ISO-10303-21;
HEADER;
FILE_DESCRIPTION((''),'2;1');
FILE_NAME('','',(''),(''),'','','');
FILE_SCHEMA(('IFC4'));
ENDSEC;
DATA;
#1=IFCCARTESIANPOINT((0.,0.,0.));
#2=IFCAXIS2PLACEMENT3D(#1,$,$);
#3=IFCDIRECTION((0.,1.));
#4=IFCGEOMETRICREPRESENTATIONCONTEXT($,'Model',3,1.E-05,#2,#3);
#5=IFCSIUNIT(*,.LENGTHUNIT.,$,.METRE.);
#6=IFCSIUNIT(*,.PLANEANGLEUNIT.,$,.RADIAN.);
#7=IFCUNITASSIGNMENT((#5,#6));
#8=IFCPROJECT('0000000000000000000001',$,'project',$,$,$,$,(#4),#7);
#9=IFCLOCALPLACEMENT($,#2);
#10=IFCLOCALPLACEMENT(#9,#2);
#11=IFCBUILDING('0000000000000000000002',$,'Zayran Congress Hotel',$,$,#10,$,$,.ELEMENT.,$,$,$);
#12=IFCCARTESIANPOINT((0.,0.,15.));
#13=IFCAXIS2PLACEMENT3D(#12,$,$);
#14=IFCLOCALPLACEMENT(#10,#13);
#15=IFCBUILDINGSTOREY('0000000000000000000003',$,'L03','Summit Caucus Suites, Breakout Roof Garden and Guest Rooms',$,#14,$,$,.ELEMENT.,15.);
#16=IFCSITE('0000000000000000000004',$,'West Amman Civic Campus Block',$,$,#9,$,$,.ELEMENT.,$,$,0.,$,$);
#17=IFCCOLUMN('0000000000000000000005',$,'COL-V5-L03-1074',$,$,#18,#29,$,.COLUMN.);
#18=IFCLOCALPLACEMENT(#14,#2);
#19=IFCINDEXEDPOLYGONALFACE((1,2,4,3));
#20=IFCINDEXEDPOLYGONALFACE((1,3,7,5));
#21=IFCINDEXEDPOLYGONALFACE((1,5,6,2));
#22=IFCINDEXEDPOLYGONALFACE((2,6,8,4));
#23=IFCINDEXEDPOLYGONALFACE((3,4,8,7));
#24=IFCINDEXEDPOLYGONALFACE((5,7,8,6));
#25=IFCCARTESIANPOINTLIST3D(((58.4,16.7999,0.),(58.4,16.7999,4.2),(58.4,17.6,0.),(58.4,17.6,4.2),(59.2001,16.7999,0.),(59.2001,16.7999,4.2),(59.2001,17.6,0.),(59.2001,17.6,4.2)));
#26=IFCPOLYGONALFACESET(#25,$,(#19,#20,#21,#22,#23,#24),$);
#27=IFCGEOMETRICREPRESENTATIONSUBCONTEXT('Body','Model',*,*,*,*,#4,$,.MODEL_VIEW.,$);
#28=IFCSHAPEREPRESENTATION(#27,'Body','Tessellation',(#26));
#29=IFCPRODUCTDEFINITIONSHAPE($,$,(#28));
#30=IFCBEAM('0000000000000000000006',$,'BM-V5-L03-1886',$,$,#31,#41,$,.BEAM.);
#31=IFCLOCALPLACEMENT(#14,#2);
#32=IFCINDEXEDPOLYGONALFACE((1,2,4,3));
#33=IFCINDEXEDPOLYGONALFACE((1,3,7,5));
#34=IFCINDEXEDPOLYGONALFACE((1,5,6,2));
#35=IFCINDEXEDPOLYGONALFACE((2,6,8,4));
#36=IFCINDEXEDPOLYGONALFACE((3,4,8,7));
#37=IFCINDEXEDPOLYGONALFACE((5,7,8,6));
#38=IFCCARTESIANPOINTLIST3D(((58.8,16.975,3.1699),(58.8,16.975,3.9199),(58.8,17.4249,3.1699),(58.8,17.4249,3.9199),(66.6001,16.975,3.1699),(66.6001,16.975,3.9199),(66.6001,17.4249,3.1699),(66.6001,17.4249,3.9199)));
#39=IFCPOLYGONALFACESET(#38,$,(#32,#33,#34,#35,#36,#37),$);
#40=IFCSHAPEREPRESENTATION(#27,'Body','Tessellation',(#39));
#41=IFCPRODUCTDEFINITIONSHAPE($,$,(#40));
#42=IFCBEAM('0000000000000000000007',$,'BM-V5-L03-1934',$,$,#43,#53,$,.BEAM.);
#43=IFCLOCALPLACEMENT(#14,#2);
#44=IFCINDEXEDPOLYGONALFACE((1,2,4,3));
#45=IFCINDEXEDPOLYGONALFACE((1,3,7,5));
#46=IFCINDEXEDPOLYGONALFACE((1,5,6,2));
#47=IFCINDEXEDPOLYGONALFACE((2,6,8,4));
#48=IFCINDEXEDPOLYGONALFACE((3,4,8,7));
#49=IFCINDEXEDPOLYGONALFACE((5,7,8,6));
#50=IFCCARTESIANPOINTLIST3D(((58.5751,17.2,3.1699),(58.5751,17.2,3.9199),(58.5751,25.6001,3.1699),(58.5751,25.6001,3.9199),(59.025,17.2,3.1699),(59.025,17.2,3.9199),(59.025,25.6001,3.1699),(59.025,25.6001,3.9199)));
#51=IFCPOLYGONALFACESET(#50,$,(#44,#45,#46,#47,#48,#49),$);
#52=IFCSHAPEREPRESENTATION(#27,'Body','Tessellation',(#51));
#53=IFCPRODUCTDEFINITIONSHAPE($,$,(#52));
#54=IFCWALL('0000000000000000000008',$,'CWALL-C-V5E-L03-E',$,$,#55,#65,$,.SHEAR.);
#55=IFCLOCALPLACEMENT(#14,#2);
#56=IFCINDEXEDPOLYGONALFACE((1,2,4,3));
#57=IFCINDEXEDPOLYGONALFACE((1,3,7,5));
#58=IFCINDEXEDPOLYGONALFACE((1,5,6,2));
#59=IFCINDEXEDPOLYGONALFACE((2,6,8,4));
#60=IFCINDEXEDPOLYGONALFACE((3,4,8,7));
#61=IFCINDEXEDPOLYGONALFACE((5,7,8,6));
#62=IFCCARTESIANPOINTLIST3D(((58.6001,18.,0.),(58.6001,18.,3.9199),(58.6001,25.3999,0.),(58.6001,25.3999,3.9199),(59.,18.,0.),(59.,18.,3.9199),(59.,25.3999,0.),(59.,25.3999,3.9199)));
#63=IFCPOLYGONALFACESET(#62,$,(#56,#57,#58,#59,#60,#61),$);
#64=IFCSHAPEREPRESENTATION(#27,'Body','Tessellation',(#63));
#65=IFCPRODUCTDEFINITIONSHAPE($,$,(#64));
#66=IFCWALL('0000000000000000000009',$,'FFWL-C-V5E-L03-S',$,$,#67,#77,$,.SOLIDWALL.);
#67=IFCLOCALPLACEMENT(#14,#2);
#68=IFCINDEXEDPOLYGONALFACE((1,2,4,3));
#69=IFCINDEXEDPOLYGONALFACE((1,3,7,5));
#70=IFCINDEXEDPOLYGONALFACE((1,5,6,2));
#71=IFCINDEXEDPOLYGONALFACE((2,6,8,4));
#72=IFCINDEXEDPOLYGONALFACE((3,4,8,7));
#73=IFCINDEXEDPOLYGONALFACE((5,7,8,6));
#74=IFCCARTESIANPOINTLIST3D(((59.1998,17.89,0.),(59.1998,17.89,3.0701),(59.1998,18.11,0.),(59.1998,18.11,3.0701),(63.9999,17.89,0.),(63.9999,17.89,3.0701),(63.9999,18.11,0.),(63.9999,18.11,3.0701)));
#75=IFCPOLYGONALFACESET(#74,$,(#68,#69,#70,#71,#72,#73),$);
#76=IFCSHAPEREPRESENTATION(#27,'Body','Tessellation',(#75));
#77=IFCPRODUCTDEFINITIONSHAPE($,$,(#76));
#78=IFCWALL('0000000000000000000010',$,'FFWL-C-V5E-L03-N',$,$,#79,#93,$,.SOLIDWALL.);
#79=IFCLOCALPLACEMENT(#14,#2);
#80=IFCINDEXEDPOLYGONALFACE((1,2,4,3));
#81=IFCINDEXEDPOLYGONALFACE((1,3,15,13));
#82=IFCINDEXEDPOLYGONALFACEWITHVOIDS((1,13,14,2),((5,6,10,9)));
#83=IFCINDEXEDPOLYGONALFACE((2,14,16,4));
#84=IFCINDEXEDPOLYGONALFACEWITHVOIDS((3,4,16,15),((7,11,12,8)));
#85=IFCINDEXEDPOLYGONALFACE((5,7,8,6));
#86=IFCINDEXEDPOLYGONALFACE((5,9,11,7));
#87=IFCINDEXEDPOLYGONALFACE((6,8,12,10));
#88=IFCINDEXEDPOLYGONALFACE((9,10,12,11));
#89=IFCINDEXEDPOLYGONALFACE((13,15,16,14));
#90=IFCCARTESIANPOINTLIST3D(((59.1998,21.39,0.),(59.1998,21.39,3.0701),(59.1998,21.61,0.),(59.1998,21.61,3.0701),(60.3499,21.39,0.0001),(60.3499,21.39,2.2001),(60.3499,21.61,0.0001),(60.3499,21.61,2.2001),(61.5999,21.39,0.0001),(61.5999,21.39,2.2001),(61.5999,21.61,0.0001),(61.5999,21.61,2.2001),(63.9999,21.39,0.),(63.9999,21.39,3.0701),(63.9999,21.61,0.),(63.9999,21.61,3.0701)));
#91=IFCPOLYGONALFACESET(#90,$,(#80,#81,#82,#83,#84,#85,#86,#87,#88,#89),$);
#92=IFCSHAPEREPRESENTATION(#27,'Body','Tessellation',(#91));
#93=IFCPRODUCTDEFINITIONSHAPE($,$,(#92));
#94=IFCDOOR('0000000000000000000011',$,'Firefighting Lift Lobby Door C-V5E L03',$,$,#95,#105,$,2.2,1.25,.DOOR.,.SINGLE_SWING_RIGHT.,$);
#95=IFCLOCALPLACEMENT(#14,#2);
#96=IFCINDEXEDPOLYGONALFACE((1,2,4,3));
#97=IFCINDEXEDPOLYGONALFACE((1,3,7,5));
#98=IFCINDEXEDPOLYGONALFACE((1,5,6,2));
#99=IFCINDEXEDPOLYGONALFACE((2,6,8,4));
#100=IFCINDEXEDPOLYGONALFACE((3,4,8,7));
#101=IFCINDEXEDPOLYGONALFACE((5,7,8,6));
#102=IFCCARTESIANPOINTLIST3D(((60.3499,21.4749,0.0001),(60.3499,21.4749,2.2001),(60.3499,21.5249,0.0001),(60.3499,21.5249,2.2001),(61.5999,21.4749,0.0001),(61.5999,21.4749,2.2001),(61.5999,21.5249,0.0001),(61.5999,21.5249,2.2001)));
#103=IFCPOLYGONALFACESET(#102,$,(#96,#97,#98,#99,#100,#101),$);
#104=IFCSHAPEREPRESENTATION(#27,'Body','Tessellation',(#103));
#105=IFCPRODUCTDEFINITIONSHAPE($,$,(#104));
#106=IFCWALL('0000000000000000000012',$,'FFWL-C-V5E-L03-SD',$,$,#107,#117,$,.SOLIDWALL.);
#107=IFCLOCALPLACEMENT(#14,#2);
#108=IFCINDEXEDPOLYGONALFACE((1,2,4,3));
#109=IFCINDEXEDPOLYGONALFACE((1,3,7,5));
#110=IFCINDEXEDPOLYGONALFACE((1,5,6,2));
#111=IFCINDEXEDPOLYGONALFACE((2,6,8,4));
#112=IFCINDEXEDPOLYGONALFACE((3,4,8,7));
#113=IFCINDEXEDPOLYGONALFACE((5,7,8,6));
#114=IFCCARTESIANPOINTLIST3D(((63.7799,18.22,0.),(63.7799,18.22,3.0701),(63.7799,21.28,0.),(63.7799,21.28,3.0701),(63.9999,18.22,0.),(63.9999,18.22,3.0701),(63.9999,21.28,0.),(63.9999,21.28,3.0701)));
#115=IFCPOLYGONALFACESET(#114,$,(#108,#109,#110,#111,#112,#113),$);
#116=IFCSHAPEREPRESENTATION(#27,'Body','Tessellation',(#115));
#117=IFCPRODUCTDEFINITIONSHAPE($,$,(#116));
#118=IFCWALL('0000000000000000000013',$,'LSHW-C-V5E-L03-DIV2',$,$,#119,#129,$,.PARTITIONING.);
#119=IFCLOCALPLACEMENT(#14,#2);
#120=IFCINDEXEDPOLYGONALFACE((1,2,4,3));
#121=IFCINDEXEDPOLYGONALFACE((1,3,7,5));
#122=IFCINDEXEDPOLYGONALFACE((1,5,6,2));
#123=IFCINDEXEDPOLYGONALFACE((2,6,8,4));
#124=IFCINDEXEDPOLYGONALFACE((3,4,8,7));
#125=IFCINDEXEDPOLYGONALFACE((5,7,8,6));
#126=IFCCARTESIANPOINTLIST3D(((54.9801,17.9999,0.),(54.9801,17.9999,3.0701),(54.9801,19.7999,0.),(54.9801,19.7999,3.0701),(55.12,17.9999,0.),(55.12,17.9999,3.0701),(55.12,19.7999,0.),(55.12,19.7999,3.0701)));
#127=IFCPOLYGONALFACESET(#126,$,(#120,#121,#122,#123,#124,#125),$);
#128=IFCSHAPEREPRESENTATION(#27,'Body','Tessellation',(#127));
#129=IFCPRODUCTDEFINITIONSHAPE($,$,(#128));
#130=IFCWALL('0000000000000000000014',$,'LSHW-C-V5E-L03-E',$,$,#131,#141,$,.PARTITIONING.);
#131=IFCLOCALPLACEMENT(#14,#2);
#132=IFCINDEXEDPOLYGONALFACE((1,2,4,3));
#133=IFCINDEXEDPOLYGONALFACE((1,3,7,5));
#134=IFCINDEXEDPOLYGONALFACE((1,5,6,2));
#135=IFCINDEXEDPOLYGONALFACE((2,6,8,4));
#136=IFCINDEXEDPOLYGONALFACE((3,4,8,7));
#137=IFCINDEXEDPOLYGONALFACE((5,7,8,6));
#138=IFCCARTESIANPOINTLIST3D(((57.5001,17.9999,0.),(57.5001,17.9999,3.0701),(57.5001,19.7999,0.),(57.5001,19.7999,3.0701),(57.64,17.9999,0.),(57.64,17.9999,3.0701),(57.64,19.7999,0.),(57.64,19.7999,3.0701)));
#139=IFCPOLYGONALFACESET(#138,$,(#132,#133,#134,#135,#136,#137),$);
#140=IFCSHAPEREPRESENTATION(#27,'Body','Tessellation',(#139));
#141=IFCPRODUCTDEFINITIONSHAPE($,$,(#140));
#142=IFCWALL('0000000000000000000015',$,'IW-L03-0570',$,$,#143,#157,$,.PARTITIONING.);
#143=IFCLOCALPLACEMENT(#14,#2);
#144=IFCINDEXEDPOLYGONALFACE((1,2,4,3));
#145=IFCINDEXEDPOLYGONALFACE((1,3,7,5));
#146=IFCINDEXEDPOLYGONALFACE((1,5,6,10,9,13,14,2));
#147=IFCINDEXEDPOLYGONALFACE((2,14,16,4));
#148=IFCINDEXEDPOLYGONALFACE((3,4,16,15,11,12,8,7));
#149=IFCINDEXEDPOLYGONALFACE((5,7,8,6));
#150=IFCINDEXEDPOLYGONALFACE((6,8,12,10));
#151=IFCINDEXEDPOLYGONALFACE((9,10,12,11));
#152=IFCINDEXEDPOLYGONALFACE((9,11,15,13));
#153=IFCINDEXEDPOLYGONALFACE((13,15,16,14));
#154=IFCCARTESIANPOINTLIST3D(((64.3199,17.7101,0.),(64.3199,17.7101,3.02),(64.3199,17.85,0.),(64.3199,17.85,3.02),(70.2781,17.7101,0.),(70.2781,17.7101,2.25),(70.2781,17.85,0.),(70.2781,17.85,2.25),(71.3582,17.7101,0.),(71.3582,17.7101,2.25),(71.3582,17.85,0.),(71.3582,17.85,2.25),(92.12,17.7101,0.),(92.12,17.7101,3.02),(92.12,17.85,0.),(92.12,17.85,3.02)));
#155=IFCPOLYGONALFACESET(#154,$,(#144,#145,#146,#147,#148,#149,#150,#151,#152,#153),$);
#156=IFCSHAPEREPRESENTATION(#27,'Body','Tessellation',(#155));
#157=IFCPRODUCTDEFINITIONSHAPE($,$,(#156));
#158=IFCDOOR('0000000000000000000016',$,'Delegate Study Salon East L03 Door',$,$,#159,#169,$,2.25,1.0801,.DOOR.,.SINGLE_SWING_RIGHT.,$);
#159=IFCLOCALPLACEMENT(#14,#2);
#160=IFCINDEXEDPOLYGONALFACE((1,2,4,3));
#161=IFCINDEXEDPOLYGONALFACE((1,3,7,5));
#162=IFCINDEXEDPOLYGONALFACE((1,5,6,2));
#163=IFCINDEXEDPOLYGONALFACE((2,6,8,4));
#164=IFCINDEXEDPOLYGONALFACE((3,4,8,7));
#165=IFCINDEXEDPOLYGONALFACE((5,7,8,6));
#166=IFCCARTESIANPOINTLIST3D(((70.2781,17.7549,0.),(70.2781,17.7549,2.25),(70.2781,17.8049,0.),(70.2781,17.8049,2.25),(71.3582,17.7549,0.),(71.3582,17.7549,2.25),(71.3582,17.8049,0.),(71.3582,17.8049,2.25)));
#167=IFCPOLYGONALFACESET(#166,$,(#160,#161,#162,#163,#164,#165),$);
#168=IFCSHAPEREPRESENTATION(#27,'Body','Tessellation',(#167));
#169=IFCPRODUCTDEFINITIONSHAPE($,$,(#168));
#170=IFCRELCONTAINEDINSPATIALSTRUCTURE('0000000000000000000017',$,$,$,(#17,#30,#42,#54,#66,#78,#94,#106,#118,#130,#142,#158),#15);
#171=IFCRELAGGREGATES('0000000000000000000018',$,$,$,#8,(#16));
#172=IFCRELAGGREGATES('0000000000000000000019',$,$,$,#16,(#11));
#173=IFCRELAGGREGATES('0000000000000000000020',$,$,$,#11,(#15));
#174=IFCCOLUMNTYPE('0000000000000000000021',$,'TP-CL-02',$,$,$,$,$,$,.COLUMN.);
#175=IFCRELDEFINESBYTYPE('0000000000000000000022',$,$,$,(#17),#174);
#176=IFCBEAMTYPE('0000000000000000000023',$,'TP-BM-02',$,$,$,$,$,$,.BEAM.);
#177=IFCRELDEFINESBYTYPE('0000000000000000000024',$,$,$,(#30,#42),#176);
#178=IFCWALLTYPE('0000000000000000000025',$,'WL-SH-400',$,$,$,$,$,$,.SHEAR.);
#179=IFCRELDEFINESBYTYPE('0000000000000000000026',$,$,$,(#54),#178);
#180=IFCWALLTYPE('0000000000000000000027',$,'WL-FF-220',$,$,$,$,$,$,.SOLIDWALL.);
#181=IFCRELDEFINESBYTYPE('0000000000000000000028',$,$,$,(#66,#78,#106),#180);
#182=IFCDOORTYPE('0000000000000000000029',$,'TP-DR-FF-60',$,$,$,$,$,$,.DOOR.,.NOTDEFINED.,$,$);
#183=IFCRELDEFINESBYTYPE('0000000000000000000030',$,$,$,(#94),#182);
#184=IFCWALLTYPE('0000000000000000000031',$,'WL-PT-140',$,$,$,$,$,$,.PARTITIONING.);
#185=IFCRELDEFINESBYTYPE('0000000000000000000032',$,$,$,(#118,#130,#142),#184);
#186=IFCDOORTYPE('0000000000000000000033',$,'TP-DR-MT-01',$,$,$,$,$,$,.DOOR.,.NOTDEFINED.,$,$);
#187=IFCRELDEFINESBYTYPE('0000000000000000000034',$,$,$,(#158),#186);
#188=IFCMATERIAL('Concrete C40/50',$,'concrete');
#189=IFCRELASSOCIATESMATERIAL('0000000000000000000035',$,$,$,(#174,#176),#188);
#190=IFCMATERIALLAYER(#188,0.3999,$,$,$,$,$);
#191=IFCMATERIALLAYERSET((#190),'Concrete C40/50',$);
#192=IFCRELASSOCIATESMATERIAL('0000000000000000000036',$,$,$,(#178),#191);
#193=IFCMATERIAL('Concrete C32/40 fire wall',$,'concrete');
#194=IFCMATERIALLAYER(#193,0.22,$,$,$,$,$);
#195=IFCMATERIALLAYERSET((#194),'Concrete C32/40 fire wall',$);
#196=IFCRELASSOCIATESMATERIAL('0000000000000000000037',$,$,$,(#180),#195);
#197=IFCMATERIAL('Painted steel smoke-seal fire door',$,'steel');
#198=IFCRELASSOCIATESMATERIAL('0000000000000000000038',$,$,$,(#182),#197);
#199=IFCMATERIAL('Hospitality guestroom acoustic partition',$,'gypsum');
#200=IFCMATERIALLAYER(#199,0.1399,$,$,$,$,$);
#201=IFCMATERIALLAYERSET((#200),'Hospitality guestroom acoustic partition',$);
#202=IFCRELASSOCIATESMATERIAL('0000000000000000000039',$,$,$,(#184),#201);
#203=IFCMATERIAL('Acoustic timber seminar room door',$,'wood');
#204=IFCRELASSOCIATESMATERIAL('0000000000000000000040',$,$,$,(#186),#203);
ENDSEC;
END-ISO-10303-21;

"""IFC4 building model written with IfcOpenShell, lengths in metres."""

from ifc_helpers import new_model, si_unit, direction, frame, frame_2d, origin, origin_2d, place, context, subcontext, project, spatial, rectangle, extrude, material, layer, layer_set, material_profile, profile_set, type_object, element, fill, save


model = new_model("IFC4")

# Units and contexts
model_context = context("Model", 3, precision=1e-05, world=origin(), true_north=direction((0.0, 1.0)))
body_context = subcontext(model_context, "Body", "Model", "MODEL_VIEW")
ifc_project = project(units=[si_unit("LENGTHUNIT", "METRE"), si_unit("PLANEANGLEUNIT", "RADIAN")], contexts=[model_context])

# Site, building, storey
site_placement = place(None, origin())
site = spatial("IfcSite", under=ifc_project, at=site_placement, Name="West Amman Civic Campus Block", CompositionType="ELEMENT", RefElevation=0.0)
building_placement = place(site_placement, origin())
building = spatial("IfcBuilding", under=site, at=building_placement, Name="Zayran Congress Hotel", CompositionType="ELEMENT")
storey_placement = place(building_placement, frame((0.0, 0.0, 15.0)))
storey = spatial("IfcBuildingStorey", under=building, at=storey_placement, Name="L03", Description="Summit Caucus Suites, Breakout Roof Garden and Guest Rooms", CompositionType="ELEMENT", Elevation=15.0)

# Column
ifc_material_1 = material(Name="Concrete C40/50", Category="concrete")
ifc_material_profile_1 = material_profile(ifc_material_1, rectangle(XDim=0.8, YDim=0.8, at=origin_2d()), Name="RC 800x800")
ifc_profile_set_1 = profile_set([ifc_material_profile_1], Name="Concrete C40/50")
column_type = type_object("IfcColumnType", Name="TP-CL-02", PredefinedType="COLUMN", material=ifc_profile_set_1)
column_placement = place(storey_placement, frame((58.8, 17.2, 0.0), z_axis=(0.0, 0.0, 1.0), x_axis=(1.0, 0.0, 0.0)))
element("IfcColumn", 1, at=column_placement, inside=storey, type_object=column_type, Name="COL-V5-L03-1074", PredefinedType="COLUMN", context=body_context, shape_type="SweptSolid", body=[
    extrude(rectangle(XDim=0.8, YDim=0.8, at=origin_2d()), origin(), (0.0, 0.0, 1.0), 4.2),
])

# Beams
ifc_material_profile_2 = material_profile(ifc_material_1, rectangle(XDim=0.45, YDim=0.75, at=origin_2d()), Name="RC 450x750")
ifc_profile_set_2 = profile_set([ifc_material_profile_2], Name="Concrete C40/50")
beam_type = type_object("IfcBeamType", Name="TP-BM-02", PredefinedType="BEAM", material=ifc_profile_set_2)
beam_1_placement = place(storey_placement, frame((58.8, 17.2, 3.5449), z_axis=(1.0, 0.0, 0.0), x_axis=(0.0, 1.0, 0.0)))
element("IfcBeam", 2, at=beam_1_placement, inside=storey, type_object=beam_type, Name="BM-V5-L03-1886", PredefinedType="BEAM", context=body_context, shape_type="SweptSolid", body=[
    extrude(rectangle(XDim=0.45, YDim=0.75, at=origin_2d()), origin(), (0.0, 0.0, 1.0), 7.8),
])
beam_2_placement = place(storey_placement, frame((58.8, 17.2, 3.5449), z_axis=(0.0, 1.0, 0.0), x_axis=(-1.0, 0.0, 0.0)))
element("IfcBeam", 3, at=beam_2_placement, inside=storey, type_object=beam_type, Name="BM-V5-L03-1934", PredefinedType="BEAM", context=body_context, shape_type="SweptSolid", body=[
    extrude(rectangle(XDim=0.45, YDim=0.75, at=origin_2d()), origin(), (0.0, 0.0, 1.0), 8.4001),
])

# Walls
ifc_layer_1 = layer(ifc_material_1, 0.3999)
ifc_layer_set_1 = layer_set([ifc_layer_1], Name="Concrete C40/50")
wall_type_1 = type_object("IfcWallType", Name="WL-SH-400", PredefinedType="SHEAR", material=ifc_layer_set_1)
wall_1_placement = place(storey_placement, frame((58.8, 18.0, 0.0), z_axis=(0.0, 0.0, 1.0), x_axis=(0.0, 1.0, 0.0)))
element("IfcWall", 4, at=wall_1_placement, inside=storey, type_object=wall_type_1, Name="CWALL-C-V5E-L03-E", PredefinedType="SHEAR", context=body_context, shape_type="SweptSolid", body=[
    extrude(rectangle(XDim=7.3999, YDim=0.3999, at=frame_2d((3.7, 0.0))), origin(), (0.0, 0.0, 1.0), 3.9199),
])
ifc_material_2 = material(Name="Concrete C32/40 fire wall", Category="concrete")
ifc_layer_2 = layer(ifc_material_2, 0.22)
ifc_layer_set_2 = layer_set([ifc_layer_2], Name="Concrete C32/40 fire wall")
wall_type_2 = type_object("IfcWallType", Name="WL-FF-220", PredefinedType="SOLIDWALL", material=ifc_layer_set_2)
wall_2_placement = place(storey_placement, frame((59.2, 18.0, 0.0), z_axis=(0.0, 0.0, 1.0), x_axis=(1.0, 0.0, 0.0)))
element("IfcWall", 5, at=wall_2_placement, inside=storey, type_object=wall_type_2, Name="FFWL-C-V5E-L03-S", PredefinedType="SOLIDWALL", context=body_context, shape_type="SweptSolid", body=[
    extrude(rectangle(XDim=4.8, YDim=0.22, at=frame_2d((2.3999, 0.0))), origin(), (0.0, 0.0, 1.0), 3.0701),
])

# Wall, opening, door
wall_3_placement = place(storey_placement, frame((59.2, 21.5, 0.0), z_axis=(0.0, 0.0, 1.0), x_axis=(1.0, 0.0, 0.0)))
wall_3 = element("IfcWall", 6, at=wall_3_placement, inside=storey, type_object=wall_type_2, Name="FFWL-C-V5E-L03-N", PredefinedType="SOLIDWALL", context=body_context, shape_type="SweptSolid", body=[
    extrude(rectangle(XDim=4.8, YDim=0.22, at=frame_2d((2.3999, 0.0))), origin(), (0.0, 0.0, 1.0), 3.0701),
])
opening_1_placement = place(wall_3_placement, frame((1.1499, 0.0, 0.0)))
opening_1 = element("IfcOpeningElement", 7, at=opening_1_placement, cuts=wall_3, PredefinedType="OPENING", context=body_context, shape_type="SweptSolid", body=[
    extrude(rectangle(XDim=1.25, YDim=2.2, at=frame_2d((0.625, 1.1001))), frame((0.0, 0.1199, 0.0), z_axis=(0.0, -1.0, 0.0), x_axis=(1.0, 0.0, 0.0)), (0.0, 0.0, 1.0), 0.24),
])
ifc_material_3 = material(Name="Painted steel smoke-seal fire door", Category="steel")
door_type_1 = type_object("IfcDoorType", Name="TP-DR-FF-60", OperationType="NOTDEFINED", PredefinedType="DOOR", material=ifc_material_3)
door_1_placement = place(opening_1_placement, origin())
door_1 = element("IfcDoor", 8, at=door_1_placement, inside=storey, type_object=door_type_1, Name="Firefighting Lift Lobby Door C-V5E L03", OperationType="SINGLE_SWING_RIGHT", OverallHeight=2.2, OverallWidth=1.25, PredefinedType="DOOR", context=body_context, shape_type="SweptSolid", body=[
    extrude(rectangle(XDim=1.25, YDim=2.2, at=frame_2d((0.625, 1.1001))), frame((0.0, 0.0249, 0.0), z_axis=(0.0, -1.0, 0.0), x_axis=(1.0, 0.0, 0.0)), (0.0, 0.0, 1.0), 0.05),
])
fill(opening_1, door_1)

# Walls
wall_4_placement = place(storey_placement, frame((63.8899, 18.22, 0.0), z_axis=(0.0, 0.0, 1.0), x_axis=(0.0, 1.0, 0.0)))
element("IfcWall", 9, at=wall_4_placement, inside=storey, type_object=wall_type_2, Name="FFWL-C-V5E-L03-SD", PredefinedType="SOLIDWALL", context=body_context, shape_type="SweptSolid", body=[
    extrude(rectangle(XDim=3.0601, YDim=0.22, at=frame_2d((1.53, 0.0))), origin(), (0.0, 0.0, 1.0), 3.0701),
])
ifc_material_4 = material(Name="Hospitality guestroom acoustic partition", Category="gypsum")
ifc_layer_3 = layer(ifc_material_4, 0.1399)
ifc_layer_set_3 = layer_set([ifc_layer_3], Name="Hospitality guestroom acoustic partition")
wall_type_3 = type_object("IfcWallType", Name="WL-PT-140", PredefinedType="PARTITIONING", material=ifc_layer_set_3)
for number, where, z_axis, x_axis, name in (
    (10, (55.05, 18.0, 0.0), (0.0, 0.0, 1.0), (0.0, 1.0, 0.0), "LSHW-C-V5E-L03-DIV2"),
    (11, (57.5701, 18.0, 0.0), (0.0, 0.0, 1.0), (0.0, 1.0, 0.0), "LSHW-C-V5E-L03-E"),
):
    element("IfcWall", number, at=place(storey_placement, frame(where, z_axis=z_axis, x_axis=x_axis)), inside=storey, type_object=wall_type_3, Name=name, PredefinedType="PARTITIONING", context=body_context, shape_type="SweptSolid", body=[
        extrude(rectangle(XDim=1.8, YDim=0.1399, at=frame_2d((0.8999, 0.0))), origin(), (0.0, 0.0, 1.0), 3.0701),
    ])

# Wall, opening, door
wall_5_placement = place(storey_placement, frame((64.3201, 17.78, 0.0), z_axis=(0.0, 0.0, 1.0), x_axis=(1.0, 0.0, 0.0)))
wall_5 = element("IfcWall", 12, at=wall_5_placement, inside=storey, type_object=wall_type_3, Name="IW-L03-0570", PredefinedType="PARTITIONING", context=body_context, shape_type="SweptSolid", body=[
    extrude(rectangle(XDim=27.8, YDim=0.1399, at=frame_2d((13.8999, 0.0))), origin(), (0.0, 0.0, 1.0), 3.02),
])
opening_2_placement = place(wall_5_placement, frame((5.958, 0.0, 0.0)))
opening_2 = element("IfcOpeningElement", 13, at=opening_2_placement, cuts=wall_5, PredefinedType="OPENING", context=body_context, shape_type="SweptSolid", body=[
    extrude(rectangle(XDim=1.0801, YDim=2.25, at=frame_2d((0.54, 1.125))), frame((0.0, 0.0798, 0.0), z_axis=(0.0, -1.0, 0.0), x_axis=(1.0, 0.0, 0.0)), (0.0, 0.0, 1.0), 0.1599),
])
ifc_material_5 = material(Name="Acoustic timber seminar room door", Category="wood")
door_type_2 = type_object("IfcDoorType", Name="TP-DR-MT-01", OperationType="NOTDEFINED", PredefinedType="DOOR", material=ifc_material_5)
door_2_placement = place(opening_2_placement, origin())
door_2 = element("IfcDoor", 14, at=door_2_placement, inside=storey, type_object=door_type_2, Name="Delegate Study Salon East L03 Door", OperationType="SINGLE_SWING_RIGHT", OverallHeight=2.25, OverallWidth=1.0801, PredefinedType="DOOR", context=body_context, shape_type="SweptSolid", body=[
    extrude(rectangle(XDim=1.0801, YDim=2.25, at=frame_2d((0.54, 1.125))), frame((0.0, 0.0249, 0.0), z_axis=(0.0, -1.0, 0.0), x_axis=(1.0, 0.0, 0.0)), (0.0, 0.0, 1.0), 0.05),
])
fill(opening_2, door_2)

save(model, "model.ifc")
